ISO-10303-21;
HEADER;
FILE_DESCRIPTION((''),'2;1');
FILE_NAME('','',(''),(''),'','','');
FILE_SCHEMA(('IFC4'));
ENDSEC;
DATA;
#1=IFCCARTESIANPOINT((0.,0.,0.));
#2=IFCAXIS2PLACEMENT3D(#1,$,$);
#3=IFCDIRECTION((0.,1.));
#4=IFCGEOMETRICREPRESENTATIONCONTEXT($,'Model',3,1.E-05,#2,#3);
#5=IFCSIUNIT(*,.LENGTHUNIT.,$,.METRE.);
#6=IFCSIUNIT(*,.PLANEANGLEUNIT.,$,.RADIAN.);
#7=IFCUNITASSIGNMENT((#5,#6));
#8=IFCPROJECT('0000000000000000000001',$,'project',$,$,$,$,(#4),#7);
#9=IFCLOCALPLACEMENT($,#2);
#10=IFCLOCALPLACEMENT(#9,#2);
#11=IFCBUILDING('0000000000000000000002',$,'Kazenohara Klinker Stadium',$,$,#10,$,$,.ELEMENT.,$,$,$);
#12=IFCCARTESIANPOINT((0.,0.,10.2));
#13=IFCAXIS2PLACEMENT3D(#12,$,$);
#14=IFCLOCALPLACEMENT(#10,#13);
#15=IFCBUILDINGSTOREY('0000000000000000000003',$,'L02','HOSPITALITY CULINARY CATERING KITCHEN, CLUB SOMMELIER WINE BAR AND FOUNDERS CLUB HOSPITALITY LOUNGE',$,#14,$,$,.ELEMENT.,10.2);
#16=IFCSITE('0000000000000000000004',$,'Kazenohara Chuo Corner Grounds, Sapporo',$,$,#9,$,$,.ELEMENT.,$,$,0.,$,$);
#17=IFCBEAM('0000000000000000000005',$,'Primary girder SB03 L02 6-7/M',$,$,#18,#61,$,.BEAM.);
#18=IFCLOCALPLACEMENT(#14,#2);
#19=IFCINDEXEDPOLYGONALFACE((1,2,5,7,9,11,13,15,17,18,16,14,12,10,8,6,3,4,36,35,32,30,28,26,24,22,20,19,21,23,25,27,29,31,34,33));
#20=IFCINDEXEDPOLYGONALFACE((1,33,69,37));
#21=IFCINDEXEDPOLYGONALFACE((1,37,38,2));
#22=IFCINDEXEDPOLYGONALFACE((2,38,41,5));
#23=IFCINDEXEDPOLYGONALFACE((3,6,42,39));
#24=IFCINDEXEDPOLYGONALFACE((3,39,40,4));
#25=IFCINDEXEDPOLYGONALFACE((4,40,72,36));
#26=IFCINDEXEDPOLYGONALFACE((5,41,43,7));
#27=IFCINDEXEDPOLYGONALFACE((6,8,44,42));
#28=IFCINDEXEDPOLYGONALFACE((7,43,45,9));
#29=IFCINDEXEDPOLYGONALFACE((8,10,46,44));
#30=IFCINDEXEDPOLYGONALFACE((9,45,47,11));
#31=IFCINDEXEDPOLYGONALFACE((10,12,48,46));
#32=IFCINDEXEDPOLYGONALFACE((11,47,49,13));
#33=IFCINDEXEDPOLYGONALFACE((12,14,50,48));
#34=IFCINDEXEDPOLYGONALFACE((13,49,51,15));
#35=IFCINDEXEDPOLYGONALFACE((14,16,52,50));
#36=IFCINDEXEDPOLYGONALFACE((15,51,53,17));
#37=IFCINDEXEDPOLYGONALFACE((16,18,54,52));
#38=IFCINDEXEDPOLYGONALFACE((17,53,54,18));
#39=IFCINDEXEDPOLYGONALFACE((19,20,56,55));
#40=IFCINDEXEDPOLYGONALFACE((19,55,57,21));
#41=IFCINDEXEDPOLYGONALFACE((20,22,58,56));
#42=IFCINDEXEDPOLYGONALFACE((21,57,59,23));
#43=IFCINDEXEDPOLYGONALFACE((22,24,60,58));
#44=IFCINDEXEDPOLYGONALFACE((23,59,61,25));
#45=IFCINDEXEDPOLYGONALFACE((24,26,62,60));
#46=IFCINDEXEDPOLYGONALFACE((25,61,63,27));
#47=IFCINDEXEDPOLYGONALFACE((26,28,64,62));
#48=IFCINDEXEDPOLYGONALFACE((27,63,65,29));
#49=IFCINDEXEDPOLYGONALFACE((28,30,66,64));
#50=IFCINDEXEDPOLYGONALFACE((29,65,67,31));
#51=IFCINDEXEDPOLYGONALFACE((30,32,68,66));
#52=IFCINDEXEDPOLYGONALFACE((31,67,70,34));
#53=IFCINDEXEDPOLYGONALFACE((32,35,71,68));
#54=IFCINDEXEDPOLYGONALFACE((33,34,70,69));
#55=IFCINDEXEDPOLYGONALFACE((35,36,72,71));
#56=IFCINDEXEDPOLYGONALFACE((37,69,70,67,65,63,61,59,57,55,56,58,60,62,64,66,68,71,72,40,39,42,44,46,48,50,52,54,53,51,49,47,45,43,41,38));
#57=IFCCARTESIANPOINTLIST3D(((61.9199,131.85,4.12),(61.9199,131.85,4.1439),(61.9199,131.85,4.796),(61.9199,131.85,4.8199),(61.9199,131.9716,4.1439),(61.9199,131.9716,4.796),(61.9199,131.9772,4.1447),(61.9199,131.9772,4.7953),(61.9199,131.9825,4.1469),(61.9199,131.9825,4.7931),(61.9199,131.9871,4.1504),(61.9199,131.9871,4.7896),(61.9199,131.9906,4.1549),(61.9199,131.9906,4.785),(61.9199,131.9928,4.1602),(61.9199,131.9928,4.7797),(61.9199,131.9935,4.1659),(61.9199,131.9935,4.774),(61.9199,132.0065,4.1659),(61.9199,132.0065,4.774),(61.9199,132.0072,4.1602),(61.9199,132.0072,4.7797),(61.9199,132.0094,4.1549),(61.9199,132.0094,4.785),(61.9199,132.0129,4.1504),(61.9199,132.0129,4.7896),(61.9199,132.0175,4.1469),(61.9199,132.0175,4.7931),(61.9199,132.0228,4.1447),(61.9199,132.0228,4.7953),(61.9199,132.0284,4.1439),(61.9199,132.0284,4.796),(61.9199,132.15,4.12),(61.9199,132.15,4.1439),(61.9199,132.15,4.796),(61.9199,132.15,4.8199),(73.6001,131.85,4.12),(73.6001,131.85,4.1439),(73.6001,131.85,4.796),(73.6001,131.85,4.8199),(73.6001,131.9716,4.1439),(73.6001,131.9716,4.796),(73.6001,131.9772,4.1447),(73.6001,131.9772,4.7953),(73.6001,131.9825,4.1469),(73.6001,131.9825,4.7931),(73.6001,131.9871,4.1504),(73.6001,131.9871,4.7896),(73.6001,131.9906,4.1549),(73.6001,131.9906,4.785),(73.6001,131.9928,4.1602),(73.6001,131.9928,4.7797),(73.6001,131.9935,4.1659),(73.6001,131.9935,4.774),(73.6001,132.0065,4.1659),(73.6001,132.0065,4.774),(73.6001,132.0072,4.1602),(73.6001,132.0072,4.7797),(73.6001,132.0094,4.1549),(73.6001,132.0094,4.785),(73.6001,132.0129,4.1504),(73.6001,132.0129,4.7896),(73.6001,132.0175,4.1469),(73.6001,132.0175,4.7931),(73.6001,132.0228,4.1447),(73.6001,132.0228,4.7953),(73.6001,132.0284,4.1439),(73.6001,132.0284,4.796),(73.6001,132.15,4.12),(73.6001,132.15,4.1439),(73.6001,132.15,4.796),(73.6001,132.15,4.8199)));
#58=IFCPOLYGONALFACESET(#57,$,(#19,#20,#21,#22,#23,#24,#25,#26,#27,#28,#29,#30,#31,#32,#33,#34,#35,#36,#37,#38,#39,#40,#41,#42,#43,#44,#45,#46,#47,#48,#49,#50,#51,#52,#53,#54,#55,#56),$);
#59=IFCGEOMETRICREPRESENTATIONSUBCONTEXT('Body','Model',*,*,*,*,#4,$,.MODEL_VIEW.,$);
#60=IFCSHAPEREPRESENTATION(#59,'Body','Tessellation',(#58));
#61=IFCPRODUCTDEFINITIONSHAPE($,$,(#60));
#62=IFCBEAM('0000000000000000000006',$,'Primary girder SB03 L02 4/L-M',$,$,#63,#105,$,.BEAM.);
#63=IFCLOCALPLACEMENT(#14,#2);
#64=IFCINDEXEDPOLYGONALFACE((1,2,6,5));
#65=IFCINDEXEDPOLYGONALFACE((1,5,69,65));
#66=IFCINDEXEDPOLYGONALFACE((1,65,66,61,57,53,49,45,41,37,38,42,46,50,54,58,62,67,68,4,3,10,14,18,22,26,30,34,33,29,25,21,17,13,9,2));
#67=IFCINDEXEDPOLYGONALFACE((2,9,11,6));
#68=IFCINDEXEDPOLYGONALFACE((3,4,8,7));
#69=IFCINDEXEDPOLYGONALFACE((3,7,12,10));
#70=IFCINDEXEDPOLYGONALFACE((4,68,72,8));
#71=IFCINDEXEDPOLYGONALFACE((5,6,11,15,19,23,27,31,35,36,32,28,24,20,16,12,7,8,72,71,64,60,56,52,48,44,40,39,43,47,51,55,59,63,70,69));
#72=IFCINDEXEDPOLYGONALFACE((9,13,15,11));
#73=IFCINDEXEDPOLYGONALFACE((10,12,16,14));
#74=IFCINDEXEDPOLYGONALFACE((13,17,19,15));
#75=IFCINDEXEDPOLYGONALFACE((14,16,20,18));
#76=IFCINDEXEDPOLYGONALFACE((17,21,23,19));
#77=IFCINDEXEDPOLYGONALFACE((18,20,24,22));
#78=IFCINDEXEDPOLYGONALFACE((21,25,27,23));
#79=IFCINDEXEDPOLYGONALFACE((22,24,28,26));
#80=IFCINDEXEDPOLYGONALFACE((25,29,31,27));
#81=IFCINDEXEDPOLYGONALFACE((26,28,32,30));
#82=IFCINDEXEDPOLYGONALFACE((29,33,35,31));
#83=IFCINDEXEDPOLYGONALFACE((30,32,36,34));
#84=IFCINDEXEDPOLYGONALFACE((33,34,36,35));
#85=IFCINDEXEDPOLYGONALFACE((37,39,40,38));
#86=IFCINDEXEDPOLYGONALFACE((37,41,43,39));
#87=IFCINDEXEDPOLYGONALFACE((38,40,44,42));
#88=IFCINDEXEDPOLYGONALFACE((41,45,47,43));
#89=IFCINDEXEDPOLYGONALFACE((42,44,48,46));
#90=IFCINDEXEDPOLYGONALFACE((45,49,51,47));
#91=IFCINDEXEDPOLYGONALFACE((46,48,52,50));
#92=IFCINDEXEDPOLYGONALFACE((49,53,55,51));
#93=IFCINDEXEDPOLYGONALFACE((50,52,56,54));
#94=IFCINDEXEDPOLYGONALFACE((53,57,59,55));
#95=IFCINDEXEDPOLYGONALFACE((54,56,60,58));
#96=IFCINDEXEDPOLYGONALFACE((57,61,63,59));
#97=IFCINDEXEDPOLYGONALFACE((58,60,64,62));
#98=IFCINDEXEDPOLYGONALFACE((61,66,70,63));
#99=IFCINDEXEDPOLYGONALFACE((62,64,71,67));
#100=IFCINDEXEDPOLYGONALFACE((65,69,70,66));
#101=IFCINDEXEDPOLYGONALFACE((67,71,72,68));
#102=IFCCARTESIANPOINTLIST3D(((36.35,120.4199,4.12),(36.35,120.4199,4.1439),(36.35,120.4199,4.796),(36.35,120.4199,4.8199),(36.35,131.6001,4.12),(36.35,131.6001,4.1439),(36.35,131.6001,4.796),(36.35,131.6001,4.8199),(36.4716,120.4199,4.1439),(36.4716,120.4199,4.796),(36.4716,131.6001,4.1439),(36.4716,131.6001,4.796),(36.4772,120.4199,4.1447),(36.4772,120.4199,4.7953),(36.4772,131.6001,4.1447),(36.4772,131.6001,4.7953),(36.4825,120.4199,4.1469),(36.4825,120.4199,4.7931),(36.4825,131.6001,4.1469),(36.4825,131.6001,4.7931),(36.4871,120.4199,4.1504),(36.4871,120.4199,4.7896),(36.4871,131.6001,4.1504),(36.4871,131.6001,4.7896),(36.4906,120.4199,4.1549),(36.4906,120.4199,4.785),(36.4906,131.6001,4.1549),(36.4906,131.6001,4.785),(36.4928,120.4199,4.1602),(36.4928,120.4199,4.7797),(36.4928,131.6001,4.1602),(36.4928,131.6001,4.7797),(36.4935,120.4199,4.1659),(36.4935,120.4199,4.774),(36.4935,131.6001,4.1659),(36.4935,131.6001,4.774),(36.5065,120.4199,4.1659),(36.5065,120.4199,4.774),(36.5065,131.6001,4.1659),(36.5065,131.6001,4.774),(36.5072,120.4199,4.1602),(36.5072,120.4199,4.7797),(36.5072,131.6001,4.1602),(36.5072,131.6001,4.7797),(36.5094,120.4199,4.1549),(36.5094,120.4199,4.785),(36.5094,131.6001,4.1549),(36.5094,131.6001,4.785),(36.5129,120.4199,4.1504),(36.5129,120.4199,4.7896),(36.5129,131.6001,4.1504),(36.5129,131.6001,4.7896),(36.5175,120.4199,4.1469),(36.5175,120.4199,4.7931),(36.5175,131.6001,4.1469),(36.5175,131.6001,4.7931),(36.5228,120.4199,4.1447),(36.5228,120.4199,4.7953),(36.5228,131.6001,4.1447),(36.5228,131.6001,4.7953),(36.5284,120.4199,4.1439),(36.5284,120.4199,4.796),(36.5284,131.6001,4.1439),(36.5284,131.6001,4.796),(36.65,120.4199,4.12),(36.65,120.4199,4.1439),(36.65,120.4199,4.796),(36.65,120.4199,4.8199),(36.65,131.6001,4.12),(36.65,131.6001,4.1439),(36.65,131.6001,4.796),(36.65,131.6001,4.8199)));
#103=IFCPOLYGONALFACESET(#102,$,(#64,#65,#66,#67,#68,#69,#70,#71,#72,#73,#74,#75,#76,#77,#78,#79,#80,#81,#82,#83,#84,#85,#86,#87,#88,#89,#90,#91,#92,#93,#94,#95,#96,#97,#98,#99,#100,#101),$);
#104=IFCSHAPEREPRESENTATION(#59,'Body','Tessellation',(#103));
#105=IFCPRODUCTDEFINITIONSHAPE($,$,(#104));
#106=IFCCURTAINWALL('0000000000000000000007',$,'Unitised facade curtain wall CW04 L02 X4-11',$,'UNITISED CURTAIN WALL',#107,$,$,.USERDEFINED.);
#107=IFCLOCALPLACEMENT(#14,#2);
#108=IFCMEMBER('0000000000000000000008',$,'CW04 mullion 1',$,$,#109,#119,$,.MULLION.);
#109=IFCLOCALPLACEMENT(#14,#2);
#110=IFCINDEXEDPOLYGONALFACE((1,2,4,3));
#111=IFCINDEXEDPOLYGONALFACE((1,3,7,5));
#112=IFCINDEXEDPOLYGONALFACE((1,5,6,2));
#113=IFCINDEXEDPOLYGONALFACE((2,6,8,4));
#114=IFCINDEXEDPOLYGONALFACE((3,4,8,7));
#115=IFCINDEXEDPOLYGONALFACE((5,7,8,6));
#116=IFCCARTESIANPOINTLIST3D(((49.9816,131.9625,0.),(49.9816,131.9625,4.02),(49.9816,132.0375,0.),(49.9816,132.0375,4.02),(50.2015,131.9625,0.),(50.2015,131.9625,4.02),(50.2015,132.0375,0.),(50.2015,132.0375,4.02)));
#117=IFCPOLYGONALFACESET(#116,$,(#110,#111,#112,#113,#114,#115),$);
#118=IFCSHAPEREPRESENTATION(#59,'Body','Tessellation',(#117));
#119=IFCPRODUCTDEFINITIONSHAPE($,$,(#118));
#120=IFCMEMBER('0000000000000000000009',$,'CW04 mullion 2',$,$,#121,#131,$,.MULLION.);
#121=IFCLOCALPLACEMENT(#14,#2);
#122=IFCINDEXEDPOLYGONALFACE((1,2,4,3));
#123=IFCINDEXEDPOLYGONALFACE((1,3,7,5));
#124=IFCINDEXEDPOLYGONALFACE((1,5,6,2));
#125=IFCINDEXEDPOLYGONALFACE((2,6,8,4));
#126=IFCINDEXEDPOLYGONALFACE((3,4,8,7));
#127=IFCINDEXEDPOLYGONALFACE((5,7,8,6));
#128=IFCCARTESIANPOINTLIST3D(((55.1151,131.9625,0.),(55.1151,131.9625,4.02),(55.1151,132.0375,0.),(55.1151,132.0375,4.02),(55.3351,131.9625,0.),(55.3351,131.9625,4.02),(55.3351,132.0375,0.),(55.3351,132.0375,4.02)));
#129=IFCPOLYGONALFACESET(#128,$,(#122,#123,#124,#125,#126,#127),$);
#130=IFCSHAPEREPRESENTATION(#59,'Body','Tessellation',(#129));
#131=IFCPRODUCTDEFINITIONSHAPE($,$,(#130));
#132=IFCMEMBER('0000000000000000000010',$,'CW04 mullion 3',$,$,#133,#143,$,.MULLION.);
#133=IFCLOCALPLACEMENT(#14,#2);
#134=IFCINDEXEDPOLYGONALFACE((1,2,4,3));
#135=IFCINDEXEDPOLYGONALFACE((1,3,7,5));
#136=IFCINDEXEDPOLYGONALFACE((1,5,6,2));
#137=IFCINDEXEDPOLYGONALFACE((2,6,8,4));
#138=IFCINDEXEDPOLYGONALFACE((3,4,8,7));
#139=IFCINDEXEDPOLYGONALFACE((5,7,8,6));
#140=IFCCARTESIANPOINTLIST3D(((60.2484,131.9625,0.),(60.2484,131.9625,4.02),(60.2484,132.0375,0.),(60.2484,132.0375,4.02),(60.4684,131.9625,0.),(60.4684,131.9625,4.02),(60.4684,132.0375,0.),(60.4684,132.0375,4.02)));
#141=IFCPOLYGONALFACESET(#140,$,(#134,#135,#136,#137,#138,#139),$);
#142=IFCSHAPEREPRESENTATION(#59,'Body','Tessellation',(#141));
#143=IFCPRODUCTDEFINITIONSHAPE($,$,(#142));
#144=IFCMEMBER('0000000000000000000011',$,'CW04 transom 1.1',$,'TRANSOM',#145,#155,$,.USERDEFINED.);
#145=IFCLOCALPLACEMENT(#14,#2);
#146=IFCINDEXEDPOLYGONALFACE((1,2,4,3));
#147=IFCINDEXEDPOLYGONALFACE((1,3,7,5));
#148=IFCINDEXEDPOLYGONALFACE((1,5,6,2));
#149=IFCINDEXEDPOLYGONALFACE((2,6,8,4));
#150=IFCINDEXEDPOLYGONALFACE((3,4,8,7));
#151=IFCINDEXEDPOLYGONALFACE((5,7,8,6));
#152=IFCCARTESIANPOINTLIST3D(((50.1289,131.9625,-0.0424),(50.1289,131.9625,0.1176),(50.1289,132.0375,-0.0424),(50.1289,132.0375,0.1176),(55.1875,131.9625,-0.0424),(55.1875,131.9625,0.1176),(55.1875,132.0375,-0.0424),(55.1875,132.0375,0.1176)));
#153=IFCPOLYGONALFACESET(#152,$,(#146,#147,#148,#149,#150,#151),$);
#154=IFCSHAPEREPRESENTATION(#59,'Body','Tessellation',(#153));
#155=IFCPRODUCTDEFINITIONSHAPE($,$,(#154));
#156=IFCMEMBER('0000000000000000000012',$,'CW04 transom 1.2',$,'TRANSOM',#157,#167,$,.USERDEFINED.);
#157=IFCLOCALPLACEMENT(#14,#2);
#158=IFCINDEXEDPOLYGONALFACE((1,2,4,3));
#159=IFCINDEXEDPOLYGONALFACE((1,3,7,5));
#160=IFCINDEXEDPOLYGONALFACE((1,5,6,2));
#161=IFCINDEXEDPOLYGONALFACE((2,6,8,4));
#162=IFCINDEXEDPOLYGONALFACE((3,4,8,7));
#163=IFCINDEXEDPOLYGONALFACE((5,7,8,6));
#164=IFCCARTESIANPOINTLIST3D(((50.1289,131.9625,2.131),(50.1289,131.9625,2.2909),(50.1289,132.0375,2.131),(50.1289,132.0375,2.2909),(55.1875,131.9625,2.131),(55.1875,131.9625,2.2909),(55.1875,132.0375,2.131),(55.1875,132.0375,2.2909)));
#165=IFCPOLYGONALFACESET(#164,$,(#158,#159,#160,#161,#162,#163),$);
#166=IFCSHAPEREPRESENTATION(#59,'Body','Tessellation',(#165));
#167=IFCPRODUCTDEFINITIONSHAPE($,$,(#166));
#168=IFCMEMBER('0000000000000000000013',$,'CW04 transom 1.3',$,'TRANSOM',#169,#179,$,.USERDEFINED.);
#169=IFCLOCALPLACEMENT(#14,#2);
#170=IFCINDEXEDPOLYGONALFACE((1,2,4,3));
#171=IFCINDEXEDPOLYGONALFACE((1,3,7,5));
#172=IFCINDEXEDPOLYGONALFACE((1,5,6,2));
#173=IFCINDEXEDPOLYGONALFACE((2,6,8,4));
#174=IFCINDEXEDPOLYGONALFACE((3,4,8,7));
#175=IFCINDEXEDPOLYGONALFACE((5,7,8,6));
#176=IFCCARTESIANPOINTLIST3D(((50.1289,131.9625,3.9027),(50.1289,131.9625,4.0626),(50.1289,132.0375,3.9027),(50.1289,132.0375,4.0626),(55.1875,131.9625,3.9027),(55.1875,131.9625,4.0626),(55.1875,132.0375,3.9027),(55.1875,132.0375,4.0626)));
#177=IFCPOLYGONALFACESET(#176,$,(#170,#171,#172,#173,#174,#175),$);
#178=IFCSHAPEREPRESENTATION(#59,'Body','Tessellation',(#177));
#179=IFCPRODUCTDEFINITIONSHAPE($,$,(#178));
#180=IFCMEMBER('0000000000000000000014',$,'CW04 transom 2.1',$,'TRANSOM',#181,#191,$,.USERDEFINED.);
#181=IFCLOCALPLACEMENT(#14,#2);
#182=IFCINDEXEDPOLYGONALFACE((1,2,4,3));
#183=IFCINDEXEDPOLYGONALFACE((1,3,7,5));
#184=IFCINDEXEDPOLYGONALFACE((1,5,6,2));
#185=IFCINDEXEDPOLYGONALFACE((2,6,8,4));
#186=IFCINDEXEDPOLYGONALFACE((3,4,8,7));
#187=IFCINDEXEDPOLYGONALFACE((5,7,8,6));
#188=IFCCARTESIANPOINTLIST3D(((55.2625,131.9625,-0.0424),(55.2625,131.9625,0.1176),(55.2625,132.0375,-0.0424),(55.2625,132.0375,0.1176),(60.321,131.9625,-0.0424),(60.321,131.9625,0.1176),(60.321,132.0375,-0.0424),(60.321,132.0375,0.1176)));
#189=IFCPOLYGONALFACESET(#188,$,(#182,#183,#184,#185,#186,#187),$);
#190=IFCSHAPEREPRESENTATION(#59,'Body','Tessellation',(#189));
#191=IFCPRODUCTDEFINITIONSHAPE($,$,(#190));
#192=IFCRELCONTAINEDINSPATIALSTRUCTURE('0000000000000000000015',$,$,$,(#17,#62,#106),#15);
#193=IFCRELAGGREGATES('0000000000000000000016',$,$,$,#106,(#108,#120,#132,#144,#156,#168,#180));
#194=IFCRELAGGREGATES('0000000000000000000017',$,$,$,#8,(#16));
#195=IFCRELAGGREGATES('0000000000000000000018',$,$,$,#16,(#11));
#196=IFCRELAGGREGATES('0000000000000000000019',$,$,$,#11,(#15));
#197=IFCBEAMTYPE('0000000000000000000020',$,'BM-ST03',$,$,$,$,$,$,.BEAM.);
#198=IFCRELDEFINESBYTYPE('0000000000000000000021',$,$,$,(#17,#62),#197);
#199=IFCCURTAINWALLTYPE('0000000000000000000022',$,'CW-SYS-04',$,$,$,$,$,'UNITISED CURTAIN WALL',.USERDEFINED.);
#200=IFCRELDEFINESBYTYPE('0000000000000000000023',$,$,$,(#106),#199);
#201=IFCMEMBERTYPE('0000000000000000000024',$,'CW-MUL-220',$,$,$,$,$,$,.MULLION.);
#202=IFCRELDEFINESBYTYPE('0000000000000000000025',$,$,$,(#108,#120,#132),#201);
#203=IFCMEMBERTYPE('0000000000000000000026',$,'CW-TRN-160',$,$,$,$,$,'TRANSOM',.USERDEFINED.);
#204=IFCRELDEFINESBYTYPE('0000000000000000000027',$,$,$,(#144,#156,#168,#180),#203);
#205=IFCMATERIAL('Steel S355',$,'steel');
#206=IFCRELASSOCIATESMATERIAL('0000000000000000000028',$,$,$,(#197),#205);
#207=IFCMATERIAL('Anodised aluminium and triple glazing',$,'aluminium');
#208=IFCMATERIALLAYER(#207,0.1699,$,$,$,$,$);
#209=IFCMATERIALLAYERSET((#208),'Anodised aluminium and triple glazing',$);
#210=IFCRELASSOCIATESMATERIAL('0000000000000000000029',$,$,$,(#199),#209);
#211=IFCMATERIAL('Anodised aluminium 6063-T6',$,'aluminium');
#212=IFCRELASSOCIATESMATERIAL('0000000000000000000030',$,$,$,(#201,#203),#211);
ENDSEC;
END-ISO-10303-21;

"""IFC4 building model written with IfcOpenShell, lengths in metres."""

from ifc_helpers import new_model, si_unit, direction, frame, origin, origin_2d, place, context, subcontext, project, spatial, rectangle, i_section, extrude, material, layer, layer_set, material_profile, profile_set, type_object, element, aggregate, save


model = new_model("IFC4")

# Units and contexts
model_context = context("Model", 3, precision=1e-05, world=origin(), true_north=direction((0.0, 1.0)))
body_context = subcontext(model_context, "Body", "Model", "MODEL_VIEW")
ifc_project = project(units=[si_unit("LENGTHUNIT", "METRE"), si_unit("PLANEANGLEUNIT", "RADIAN")], contexts=[model_context])

# Site, building, storey
site_placement = place(None, origin())
site = spatial("IfcSite", under=ifc_project, at=site_placement, Name="Kazenohara Chuo Corner Grounds, Sapporo", CompositionType="ELEMENT", RefElevation=0.0)
building_placement = place(site_placement, origin())
building = spatial("IfcBuilding", under=site, at=building_placement, Name="Kazenohara Klinker Stadium", CompositionType="ELEMENT")
storey_placement = place(building_placement, frame((0.0, 0.0, 10.2)))
storey = spatial("IfcBuildingStorey", under=building, at=storey_placement, Name="L02", Description="HOSPITALITY CULINARY CATERING KITCHEN, CLUB SOMMELIER WINE BAR AND FOUNDERS CLUB HOSPITALITY LOUNGE", CompositionType="ELEMENT", Elevation=10.2)

# Shared definitions
ifc_material_1 = material(Name="Steel S355", Category="steel")

# Beams
ifc_material_profile_1 = material_profile(ifc_material_1, i_section(OverallWidth=0.3, OverallDepth=0.7, WebThickness=0.0129, FlangeThickness=0.0239, FilletRadius=0.022, at=origin_2d()), Name="H-700x300x13x24")
ifc_profile_set_1 = profile_set([ifc_material_profile_1], Name="Steel S355")
beam_type_1 = type_object("IfcBeamType", Name="BM-ST03", PredefinedType="BEAM", material=ifc_profile_set_1)
beam_1_placement = place(storey_placement, frame((61.9199, 132.0, 4.47), z_axis=(1.0, 0.0, 0.0), x_axis=(0.0, 1.0, 0.0)))
element("IfcBeam", 1, at=beam_1_placement, inside=storey, type_object=beam_type_1, Name="Primary girder SB03 L02 6-7/M", PredefinedType="BEAM", context=body_context, shape_type="SweptSolid", body=[
    extrude(i_section(OverallWidth=0.3, OverallDepth=0.7, WebThickness=0.0129, FlangeThickness=0.0239, FilletRadius=0.022, at=origin_2d()), origin(), (0.0, 0.0, 1.0), 11.6802),
])
beam_2_placement = place(storey_placement, frame((36.5, 120.4199, 4.47), z_axis=(0.0, 1.0, 0.0), x_axis=(-1.0, 0.0, 0.0)))
element("IfcBeam", 2, at=beam_2_placement, inside=storey, type_object=beam_type_1, Name="Primary girder SB03 L02 4/L-M", PredefinedType="BEAM", context=body_context, shape_type="SweptSolid", body=[
    extrude(i_section(OverallWidth=0.3, OverallDepth=0.7, WebThickness=0.0129, FlangeThickness=0.0239, FilletRadius=0.022, at=origin_2d()), origin(), (0.0, 0.0, 1.0), 11.1802),
])

# Curtain wall, members
ifc_material_2 = material(Name="Anodised aluminium and triple glazing", Category="aluminium")
ifc_layer_1 = layer(ifc_material_2, 0.1699)
ifc_layer_set_1 = layer_set([ifc_layer_1], Name="Anodised aluminium and triple glazing")
curtain_wall_type = type_object("IfcCurtainWallType", Name="CW-SYS-04", ElementType="UNITISED CURTAIN WALL", PredefinedType="USERDEFINED", material=ifc_layer_set_1)
curtain_wall_placement = place(storey_placement, origin())
curtain_wall = element("IfcCurtainWall", 3, at=curtain_wall_placement, inside=storey, type_object=curtain_wall_type, Name="Unitised facade curtain wall CW04 L02 X4-11", ObjectType="UNITISED CURTAIN WALL", PredefinedType="USERDEFINED")
ifc_material_3 = material(Name="Anodised aluminium 6063-T6", Category="aluminium")
ifc_material_profile_2 = material_profile(ifc_material_3, rectangle(XDim=0.075, YDim=0.22, at=origin_2d()), Name="ALU-MUL-75x220")
ifc_profile_set_2 = profile_set([ifc_material_profile_2], Name="Anodised aluminium 6063-T6")
member_type_1 = type_object("IfcMemberType", Name="CW-MUL-220", PredefinedType="MULLION", material=ifc_profile_set_2)
member_1_placement = place(storey_placement, frame((50.0916, 132.0, 0.0), z_axis=(0.0, 0.0, 1.0), x_axis=(0.0, 1.0, 0.0)))
member_1 = element("IfcMember", 4, at=member_1_placement, type_object=member_type_1, Name="CW04 mullion 1", PredefinedType="MULLION", context=body_context, shape_type="SweptSolid", body=[
    extrude(rectangle(XDim=0.075, YDim=0.22, at=origin_2d()), origin(), (0.0, 0.0, 1.0), 4.02),
])
member_2_placement = place(storey_placement, frame((55.2251, 132.0, 0.0), z_axis=(0.0, 0.0, 1.0), x_axis=(0.0, 1.0, 0.0)))
member_2 = element("IfcMember", 5, at=member_2_placement, type_object=member_type_1, Name="CW04 mullion 2", PredefinedType="MULLION", context=body_context, shape_type="SweptSolid", body=[
    extrude(rectangle(XDim=0.075, YDim=0.22, at=origin_2d()), origin(), (0.0, 0.0, 1.0), 4.02),
])
member_3_placement = place(storey_placement, frame((60.3584, 132.0, 0.0), z_axis=(0.0, 0.0, 1.0), x_axis=(0.0, 1.0, 0.0)))
member_3 = element("IfcMember", 6, at=member_3_placement, type_object=member_type_1, Name="CW04 mullion 3", PredefinedType="MULLION", context=body_context, shape_type="SweptSolid", body=[
    extrude(rectangle(XDim=0.075, YDim=0.22, at=origin_2d()), origin(), (0.0, 0.0, 1.0), 4.02),
])
ifc_material_profile_3 = material_profile(ifc_material_3, rectangle(XDim=0.075, YDim=0.1599, at=origin_2d()), Name="ALU-TRN-75x160")
ifc_profile_set_3 = profile_set([ifc_material_profile_3], Name="Anodised aluminium 6063-T6")
member_type_2 = type_object("IfcMemberType", Name="CW-TRN-160", ElementType="TRANSOM", PredefinedType="USERDEFINED", material=ifc_profile_set_3)
member_4_placement = place(storey_placement, frame((50.1289, 132.0, 0.0376), z_axis=(1.0, 0.0, 0.0), x_axis=(0.0, 1.0, 0.0)))
member_4 = element("IfcMember", 7, at=member_4_placement, type_object=member_type_2, Name="CW04 transom 1.1", ObjectType="TRANSOM", PredefinedType="USERDEFINED", context=body_context, shape_type="SweptSolid", body=[
    extrude(rectangle(XDim=0.075, YDim=0.1599, at=origin_2d()), origin(), (0.0, 0.0, 1.0), 5.0586),
])
member_5_placement = place(storey_placement, frame((50.1289, 132.0, 2.2109), z_axis=(1.0, 0.0, 0.0), x_axis=(0.0, 1.0, 0.0)))
member_5 = element("IfcMember", 8, at=member_5_placement, type_object=member_type_2, Name="CW04 transom 1.2", ObjectType="TRANSOM", PredefinedType="USERDEFINED", context=body_context, shape_type="SweptSolid", body=[
    extrude(rectangle(XDim=0.075, YDim=0.1599, at=origin_2d()), origin(), (0.0, 0.0, 1.0), 5.0586),
])
member_6_placement = place(storey_placement, frame((50.1289, 132.0, 3.9827), z_axis=(1.0, 0.0, 0.0), x_axis=(0.0, 1.0, 0.0)))
member_6 = element("IfcMember", 9, at=member_6_placement, type_object=member_type_2, Name="CW04 transom 1.3", ObjectType="TRANSOM", PredefinedType="USERDEFINED", context=body_context, shape_type="SweptSolid", body=[
    extrude(rectangle(XDim=0.075, YDim=0.1599, at=origin_2d()), origin(), (0.0, 0.0, 1.0), 5.0586),
])
member_7_placement = place(storey_placement, frame((55.2625, 132.0, 0.0376), z_axis=(1.0, 0.0, 0.0), x_axis=(0.0, 1.0, 0.0)))
member_7 = element("IfcMember", 10, at=member_7_placement, type_object=member_type_2, Name="CW04 transom 2.1", ObjectType="TRANSOM", PredefinedType="USERDEFINED", context=body_context, shape_type="SweptSolid", body=[
    extrude(rectangle(XDim=0.075, YDim=0.1599, at=origin_2d()), origin(), (0.0, 0.0, 1.0), 5.0586),
])

aggregate(curtain_wall, [member_1, member_2, member_3, member_4, member_5, member_6, member_7])

save(model, "model.ifc")
